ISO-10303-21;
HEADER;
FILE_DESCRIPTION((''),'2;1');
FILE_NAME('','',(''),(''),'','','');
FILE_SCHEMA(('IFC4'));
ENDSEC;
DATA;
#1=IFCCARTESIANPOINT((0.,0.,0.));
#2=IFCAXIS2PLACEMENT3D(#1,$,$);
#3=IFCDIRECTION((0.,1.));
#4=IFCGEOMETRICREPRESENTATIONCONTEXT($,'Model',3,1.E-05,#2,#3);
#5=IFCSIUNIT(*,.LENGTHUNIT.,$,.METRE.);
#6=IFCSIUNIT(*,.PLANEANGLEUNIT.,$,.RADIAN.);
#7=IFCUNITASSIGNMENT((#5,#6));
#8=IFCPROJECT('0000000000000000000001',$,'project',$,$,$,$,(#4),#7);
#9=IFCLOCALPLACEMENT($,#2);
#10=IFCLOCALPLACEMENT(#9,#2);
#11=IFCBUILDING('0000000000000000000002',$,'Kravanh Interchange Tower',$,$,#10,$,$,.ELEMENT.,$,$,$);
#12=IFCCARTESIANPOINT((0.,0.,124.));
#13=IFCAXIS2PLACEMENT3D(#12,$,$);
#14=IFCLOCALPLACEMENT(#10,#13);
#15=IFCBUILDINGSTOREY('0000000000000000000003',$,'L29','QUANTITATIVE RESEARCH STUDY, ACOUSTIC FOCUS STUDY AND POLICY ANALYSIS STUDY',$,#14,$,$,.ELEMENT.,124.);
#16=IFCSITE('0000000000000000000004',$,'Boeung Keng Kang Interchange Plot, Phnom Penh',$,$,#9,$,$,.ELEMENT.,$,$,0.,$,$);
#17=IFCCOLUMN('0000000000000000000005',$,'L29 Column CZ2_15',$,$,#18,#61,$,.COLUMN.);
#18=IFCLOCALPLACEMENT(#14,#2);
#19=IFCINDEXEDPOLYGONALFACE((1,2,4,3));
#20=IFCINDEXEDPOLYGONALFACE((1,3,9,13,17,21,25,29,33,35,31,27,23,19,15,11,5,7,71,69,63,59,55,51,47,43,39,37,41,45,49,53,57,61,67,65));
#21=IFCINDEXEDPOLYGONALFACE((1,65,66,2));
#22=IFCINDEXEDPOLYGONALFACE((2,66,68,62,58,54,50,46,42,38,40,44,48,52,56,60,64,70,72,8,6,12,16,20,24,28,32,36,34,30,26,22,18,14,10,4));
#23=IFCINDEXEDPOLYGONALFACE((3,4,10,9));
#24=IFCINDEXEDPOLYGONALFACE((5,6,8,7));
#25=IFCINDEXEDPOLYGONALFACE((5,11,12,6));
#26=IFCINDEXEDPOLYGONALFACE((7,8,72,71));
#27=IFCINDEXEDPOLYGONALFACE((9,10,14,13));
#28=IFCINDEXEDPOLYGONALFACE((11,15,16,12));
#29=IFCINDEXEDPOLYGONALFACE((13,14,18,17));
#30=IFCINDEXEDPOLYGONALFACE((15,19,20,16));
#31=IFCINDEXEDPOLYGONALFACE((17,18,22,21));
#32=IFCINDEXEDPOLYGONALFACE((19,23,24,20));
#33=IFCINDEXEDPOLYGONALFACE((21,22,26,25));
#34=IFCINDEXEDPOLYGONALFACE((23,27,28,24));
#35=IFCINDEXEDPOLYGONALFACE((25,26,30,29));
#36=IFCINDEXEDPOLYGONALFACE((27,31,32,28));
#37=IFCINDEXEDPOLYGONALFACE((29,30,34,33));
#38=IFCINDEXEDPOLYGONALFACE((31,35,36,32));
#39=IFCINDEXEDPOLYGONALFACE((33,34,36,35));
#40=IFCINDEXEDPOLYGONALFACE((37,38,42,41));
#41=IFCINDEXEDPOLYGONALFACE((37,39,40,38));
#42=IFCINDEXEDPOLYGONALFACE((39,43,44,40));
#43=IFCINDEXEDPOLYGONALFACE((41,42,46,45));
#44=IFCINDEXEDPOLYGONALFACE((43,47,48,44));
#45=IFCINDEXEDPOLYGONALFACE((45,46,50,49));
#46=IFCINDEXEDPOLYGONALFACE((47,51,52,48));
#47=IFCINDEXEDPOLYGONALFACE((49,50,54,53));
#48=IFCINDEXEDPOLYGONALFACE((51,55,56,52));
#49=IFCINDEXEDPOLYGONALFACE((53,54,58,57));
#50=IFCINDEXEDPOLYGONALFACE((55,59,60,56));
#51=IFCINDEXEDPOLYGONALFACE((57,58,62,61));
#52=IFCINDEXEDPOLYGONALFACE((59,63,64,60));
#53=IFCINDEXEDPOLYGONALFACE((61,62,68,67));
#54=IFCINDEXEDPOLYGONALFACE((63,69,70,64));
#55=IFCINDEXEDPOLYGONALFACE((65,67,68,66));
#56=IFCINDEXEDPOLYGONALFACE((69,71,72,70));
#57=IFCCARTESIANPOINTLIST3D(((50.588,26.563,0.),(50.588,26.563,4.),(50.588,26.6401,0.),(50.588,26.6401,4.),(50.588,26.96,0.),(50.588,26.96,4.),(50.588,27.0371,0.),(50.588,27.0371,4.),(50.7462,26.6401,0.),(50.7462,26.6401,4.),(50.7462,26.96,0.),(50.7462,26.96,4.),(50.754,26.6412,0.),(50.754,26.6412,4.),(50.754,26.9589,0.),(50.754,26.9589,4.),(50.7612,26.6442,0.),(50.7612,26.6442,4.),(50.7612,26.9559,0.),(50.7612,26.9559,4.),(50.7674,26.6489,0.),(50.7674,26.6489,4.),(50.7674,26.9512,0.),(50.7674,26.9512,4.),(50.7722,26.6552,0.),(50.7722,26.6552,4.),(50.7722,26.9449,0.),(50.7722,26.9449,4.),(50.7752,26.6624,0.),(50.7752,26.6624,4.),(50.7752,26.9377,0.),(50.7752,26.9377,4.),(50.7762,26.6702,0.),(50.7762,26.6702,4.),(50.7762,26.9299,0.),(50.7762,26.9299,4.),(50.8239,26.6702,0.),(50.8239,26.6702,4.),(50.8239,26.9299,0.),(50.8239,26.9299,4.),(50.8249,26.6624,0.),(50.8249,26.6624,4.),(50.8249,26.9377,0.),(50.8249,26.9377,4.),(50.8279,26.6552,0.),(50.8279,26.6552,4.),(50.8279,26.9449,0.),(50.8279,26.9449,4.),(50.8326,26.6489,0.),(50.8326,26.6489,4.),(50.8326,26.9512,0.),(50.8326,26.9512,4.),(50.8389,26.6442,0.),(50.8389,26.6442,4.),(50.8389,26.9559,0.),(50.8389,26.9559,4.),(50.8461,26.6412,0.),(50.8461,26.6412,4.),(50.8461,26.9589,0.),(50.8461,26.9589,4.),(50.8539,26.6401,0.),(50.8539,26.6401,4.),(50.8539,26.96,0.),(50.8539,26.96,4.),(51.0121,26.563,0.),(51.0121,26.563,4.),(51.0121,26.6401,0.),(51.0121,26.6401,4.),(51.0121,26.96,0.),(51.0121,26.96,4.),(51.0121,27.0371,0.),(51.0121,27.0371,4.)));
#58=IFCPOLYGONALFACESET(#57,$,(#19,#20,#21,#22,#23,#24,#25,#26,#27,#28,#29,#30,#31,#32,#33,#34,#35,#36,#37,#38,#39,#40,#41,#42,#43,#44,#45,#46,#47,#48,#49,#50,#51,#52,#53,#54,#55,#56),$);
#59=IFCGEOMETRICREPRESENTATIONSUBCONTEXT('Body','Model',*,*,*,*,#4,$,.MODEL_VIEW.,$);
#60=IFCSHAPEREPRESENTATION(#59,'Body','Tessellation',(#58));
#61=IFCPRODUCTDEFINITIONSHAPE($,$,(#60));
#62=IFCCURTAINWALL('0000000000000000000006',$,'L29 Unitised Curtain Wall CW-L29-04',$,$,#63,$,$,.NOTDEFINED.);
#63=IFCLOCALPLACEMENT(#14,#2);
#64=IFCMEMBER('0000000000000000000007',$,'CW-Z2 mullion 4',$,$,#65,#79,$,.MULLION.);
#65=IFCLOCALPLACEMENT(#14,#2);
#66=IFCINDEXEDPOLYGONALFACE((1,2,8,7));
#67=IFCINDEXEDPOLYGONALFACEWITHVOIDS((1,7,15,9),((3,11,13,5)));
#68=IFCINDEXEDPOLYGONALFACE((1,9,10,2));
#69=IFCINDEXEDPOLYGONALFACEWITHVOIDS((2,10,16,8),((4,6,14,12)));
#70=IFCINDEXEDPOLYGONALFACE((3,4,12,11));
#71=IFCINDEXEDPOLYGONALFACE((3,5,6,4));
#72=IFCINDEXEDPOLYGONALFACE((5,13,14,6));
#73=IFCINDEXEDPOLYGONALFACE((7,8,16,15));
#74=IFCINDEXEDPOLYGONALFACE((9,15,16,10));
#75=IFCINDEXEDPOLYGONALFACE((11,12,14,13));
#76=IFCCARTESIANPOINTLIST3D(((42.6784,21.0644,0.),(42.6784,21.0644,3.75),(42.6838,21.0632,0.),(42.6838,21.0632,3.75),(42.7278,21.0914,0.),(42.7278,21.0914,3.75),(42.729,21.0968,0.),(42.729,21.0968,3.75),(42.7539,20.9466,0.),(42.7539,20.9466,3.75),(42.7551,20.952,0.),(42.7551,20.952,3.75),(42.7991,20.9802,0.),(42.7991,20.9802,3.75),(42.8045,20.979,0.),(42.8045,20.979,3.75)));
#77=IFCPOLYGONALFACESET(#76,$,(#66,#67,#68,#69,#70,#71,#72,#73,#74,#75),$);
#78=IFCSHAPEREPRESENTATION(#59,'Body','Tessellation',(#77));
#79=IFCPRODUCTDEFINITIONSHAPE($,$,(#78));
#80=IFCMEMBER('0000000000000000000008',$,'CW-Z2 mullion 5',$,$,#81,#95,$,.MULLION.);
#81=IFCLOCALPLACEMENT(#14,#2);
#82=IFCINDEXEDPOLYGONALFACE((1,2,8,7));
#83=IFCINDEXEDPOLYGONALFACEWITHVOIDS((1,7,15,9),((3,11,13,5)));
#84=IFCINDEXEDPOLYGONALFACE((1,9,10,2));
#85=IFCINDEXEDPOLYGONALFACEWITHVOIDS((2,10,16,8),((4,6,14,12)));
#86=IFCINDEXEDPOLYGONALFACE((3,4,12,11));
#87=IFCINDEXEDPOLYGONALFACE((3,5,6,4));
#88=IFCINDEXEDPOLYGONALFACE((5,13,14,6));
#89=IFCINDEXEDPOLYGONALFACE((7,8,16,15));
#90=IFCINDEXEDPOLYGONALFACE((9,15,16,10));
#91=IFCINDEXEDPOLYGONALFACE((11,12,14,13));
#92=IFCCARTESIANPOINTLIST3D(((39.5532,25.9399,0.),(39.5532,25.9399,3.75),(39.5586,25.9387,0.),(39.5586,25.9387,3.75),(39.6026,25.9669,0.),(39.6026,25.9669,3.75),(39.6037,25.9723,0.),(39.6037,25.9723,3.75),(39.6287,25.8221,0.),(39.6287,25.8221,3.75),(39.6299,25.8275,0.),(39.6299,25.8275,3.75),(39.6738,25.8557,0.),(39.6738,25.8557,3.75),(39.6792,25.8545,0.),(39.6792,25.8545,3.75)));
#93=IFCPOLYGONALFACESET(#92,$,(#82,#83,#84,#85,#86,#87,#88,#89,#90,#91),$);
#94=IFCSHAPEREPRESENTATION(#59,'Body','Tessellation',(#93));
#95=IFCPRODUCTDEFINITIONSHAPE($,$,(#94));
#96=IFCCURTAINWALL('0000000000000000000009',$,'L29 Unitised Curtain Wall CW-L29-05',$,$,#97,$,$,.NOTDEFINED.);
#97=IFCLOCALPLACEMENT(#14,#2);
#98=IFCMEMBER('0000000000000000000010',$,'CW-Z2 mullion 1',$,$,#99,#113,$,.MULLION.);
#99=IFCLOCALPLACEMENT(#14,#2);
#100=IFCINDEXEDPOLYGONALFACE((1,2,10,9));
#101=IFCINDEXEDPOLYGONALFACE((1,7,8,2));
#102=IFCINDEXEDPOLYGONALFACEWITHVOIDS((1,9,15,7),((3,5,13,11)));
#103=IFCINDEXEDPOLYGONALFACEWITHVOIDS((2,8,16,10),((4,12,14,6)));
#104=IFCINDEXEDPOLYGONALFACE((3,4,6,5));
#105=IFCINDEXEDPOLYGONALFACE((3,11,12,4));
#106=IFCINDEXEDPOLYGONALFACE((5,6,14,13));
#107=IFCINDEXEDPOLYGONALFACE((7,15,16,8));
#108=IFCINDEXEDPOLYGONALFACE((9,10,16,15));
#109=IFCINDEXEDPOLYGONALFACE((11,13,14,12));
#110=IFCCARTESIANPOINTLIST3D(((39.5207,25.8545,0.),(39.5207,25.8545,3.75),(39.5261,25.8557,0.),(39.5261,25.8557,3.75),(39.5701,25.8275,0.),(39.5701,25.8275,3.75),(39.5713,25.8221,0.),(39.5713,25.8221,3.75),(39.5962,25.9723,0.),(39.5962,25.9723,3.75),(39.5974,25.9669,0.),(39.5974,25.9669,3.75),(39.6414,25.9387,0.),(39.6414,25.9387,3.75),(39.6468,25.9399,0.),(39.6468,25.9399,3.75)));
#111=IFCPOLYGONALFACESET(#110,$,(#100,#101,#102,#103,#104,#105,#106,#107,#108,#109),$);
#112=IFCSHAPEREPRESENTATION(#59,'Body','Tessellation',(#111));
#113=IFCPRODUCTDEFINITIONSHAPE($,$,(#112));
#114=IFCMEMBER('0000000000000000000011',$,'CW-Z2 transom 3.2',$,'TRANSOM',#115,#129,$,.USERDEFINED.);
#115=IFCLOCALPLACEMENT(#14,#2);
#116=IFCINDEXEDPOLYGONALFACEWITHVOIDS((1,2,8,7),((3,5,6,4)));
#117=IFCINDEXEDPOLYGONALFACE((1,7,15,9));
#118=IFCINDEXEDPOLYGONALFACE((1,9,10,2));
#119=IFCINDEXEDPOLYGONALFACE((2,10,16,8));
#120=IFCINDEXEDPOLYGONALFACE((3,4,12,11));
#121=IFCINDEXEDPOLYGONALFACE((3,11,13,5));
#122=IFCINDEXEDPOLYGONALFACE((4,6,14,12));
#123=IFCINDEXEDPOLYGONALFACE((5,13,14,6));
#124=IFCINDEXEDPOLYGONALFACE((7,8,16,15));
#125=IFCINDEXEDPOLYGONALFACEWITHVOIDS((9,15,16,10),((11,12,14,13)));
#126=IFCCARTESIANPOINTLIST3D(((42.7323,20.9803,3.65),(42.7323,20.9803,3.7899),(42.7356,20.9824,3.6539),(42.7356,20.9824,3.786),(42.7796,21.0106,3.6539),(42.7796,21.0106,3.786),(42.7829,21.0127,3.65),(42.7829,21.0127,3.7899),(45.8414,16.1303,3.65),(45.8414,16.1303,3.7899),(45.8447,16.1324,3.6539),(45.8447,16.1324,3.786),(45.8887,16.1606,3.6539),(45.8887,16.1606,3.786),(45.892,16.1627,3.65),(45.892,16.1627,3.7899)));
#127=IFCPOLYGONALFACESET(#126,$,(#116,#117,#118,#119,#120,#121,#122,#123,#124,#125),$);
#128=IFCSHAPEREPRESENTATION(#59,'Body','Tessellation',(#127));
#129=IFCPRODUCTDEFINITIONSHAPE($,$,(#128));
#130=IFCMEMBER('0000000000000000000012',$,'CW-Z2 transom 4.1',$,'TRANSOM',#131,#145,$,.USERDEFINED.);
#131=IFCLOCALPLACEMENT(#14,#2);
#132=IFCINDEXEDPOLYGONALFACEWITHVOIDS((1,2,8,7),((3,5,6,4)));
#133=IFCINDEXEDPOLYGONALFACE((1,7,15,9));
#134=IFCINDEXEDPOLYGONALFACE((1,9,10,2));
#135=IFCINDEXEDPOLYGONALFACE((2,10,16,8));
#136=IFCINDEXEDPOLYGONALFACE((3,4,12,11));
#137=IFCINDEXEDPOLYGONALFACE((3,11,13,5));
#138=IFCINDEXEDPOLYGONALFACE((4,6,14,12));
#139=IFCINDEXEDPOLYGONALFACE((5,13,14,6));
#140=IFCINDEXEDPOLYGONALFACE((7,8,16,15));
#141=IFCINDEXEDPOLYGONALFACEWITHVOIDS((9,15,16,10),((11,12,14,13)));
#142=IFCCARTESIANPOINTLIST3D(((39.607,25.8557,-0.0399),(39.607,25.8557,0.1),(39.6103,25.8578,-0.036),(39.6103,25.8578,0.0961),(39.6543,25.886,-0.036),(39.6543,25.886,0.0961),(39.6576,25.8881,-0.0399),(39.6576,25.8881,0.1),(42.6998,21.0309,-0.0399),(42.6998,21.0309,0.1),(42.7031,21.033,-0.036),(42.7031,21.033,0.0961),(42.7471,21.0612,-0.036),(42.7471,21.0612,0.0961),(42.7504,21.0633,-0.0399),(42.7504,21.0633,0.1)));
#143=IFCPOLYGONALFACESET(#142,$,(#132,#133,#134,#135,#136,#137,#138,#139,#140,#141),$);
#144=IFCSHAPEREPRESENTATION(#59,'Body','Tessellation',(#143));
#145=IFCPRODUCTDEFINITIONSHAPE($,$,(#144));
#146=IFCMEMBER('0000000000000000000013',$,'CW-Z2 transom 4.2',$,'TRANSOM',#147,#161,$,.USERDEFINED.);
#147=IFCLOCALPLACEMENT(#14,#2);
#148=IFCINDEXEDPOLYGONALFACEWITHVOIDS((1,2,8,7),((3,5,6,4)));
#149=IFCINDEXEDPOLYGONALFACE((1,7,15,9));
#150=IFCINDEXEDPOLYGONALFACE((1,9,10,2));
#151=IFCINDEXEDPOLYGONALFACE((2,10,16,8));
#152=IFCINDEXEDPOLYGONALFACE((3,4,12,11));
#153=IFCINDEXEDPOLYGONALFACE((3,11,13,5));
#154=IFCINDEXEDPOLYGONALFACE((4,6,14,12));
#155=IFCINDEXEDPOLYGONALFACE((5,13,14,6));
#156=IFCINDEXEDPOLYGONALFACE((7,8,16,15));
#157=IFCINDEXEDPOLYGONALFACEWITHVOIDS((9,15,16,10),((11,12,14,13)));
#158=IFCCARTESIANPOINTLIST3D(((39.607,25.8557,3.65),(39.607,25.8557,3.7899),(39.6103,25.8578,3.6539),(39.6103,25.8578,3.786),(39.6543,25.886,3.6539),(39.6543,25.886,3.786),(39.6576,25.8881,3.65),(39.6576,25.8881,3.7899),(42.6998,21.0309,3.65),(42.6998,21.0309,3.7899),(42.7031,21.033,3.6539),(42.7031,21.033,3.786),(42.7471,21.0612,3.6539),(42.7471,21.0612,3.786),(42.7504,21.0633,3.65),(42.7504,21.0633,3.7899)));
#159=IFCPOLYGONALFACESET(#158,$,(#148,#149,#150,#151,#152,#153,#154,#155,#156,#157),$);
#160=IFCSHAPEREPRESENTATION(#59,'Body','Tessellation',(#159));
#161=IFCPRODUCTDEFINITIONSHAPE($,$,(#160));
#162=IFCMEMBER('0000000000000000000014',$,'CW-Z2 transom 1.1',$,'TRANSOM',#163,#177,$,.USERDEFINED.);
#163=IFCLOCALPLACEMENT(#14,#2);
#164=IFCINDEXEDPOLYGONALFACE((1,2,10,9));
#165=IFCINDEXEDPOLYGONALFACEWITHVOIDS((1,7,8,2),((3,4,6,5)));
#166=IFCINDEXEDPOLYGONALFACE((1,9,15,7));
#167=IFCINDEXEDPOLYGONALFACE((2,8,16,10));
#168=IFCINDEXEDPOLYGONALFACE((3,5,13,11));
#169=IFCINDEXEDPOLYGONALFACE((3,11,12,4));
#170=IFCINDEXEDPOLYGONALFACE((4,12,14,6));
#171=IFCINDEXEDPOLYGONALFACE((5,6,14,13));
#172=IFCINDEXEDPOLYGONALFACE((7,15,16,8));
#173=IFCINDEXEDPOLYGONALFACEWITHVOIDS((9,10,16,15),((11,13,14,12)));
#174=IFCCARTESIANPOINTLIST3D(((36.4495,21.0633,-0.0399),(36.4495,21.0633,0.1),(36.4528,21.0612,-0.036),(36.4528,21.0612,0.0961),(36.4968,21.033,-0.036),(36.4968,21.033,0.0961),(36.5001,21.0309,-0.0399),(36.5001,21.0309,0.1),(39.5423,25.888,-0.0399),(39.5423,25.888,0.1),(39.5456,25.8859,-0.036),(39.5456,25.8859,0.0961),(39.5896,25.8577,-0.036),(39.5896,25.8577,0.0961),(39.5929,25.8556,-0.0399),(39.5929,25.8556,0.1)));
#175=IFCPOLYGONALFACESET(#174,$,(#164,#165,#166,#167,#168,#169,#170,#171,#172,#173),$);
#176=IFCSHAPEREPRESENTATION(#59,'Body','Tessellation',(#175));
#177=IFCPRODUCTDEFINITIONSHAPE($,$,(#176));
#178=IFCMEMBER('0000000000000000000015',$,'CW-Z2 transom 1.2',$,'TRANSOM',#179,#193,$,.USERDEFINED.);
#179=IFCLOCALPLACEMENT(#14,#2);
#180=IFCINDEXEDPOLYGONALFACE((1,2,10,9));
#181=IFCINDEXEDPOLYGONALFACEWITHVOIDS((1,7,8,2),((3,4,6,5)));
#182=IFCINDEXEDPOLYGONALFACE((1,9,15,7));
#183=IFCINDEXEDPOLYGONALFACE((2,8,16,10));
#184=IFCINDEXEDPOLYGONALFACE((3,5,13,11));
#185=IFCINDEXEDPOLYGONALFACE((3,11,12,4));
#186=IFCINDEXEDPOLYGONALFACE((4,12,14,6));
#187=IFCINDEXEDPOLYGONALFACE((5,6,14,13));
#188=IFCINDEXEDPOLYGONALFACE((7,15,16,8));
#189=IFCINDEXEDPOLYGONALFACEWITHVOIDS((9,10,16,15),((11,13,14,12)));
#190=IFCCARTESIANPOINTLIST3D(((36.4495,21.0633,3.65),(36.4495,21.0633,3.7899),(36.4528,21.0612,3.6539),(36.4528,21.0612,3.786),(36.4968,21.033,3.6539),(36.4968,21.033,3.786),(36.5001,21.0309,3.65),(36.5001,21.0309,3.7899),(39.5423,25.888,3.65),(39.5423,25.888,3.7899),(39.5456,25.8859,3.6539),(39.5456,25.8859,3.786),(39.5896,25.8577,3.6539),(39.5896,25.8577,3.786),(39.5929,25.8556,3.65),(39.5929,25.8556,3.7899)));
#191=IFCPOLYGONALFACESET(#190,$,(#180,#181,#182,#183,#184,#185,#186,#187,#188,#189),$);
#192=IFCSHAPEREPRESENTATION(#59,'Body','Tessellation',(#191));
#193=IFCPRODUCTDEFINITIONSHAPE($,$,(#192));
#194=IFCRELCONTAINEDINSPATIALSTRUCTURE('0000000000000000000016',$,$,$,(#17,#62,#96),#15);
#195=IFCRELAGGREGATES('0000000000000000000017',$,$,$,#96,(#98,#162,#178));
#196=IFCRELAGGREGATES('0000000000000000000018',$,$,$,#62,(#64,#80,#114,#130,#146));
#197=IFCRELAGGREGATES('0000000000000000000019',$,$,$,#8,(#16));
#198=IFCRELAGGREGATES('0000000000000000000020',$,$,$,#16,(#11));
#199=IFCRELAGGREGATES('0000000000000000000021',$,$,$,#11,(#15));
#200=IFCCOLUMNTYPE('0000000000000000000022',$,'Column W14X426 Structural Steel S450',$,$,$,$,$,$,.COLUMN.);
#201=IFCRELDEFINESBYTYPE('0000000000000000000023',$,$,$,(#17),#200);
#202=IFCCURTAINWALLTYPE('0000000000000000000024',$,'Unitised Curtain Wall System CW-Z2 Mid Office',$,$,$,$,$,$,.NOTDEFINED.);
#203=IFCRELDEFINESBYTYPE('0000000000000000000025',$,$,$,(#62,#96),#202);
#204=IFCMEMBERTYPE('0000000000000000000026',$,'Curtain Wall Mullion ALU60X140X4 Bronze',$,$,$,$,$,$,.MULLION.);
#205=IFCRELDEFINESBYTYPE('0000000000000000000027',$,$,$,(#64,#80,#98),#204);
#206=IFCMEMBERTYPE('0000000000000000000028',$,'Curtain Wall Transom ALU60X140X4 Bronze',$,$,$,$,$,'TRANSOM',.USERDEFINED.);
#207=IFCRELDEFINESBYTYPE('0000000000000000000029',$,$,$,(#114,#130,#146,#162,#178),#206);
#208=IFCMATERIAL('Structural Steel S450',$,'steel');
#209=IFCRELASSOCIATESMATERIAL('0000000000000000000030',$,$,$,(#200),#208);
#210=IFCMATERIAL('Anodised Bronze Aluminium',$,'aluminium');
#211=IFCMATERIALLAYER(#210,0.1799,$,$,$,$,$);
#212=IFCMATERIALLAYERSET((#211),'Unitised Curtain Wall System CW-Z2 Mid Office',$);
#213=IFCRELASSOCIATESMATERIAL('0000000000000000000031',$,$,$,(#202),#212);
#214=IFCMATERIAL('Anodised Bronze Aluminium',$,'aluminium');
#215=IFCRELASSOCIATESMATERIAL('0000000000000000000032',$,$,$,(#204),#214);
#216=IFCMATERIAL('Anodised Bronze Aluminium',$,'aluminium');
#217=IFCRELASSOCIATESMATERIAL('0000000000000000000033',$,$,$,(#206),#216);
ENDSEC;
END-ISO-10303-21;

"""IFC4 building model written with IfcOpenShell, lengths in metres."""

from ifc_helpers import new_model, si_unit, direction, frame, origin, origin_2d, place, context, subcontext, project, spatial, hollow_rectangle, i_section, extrude, material, layer, layer_set, material_profile, profile_set, type_object, element, aggregate, save


model = new_model("IFC4")

# Units and contexts
model_context = context("Model", 3, precision=1e-05, world=origin(), true_north=direction((0.0, 1.0)))
body_context = subcontext(model_context, "Body", "Model", "MODEL_VIEW")
ifc_project = project(units=[si_unit("LENGTHUNIT", "METRE"), si_unit("PLANEANGLEUNIT", "RADIAN")], contexts=[model_context])

# Site, building, storey
site_placement = place(None, origin())
site = spatial("IfcSite", under=ifc_project, at=site_placement, Name="Boeung Keng Kang Interchange Plot, Phnom Penh", CompositionType="ELEMENT", RefElevation=0.0)
building_placement = place(site_placement, origin())
building = spatial("IfcBuilding", under=site, at=building_placement, Name="Kravanh Interchange Tower", CompositionType="ELEMENT")
storey_placement = place(building_placement, frame((0.0, 0.0, 124.0)))
storey = spatial("IfcBuildingStorey", under=building, at=storey_placement, Name="L29", Description="QUANTITATIVE RESEARCH STUDY, ACOUSTIC FOCUS STUDY AND POLICY ANALYSIS STUDY", CompositionType="ELEMENT", Elevation=124.0)

# Column
ifc_material_1 = material(Name="Structural Steel S450", Category="steel")
ifc_material_profile_1 = material_profile(ifc_material_1, i_section(OverallWidth=0.4241, OverallDepth=0.4741, WebThickness=0.0476, FlangeThickness=0.0771, FilletRadius=0.03, at=origin_2d()), Name="W14X426")
ifc_profile_set_1 = profile_set([ifc_material_profile_1], Name="Structural Steel S450")
column_type = type_object("IfcColumnType", Name="Column W14X426 Structural Steel S450", PredefinedType="COLUMN", material=ifc_profile_set_1)
column_placement = place(storey_placement, frame((50.8, 26.8, 0.0), z_axis=(0.0, 0.0, 1.0), x_axis=(1.0, 0.0, 0.0)))
element("IfcColumn", 1, at=column_placement, inside=storey, type_object=column_type, Name="L29 Column CZ2_15", PredefinedType="COLUMN", context=body_context, shape_type="SweptSolid", body=[
    extrude(i_section(OverallWidth=0.4241, OverallDepth=0.4741, WebThickness=0.0476, FlangeThickness=0.0771, FilletRadius=0.03, at=origin_2d()), origin(), (0.0, 0.0, 1.0), 4.0),
])

# Curtain wall, members
ifc_material_2 = material(Name="Anodised Bronze Aluminium", Category="aluminium")
ifc_layer_1 = layer(ifc_material_2, 0.1799)
ifc_layer_set_1 = layer_set([ifc_layer_1], Name="Unitised Curtain Wall System CW-Z2 Mid Office")
curtain_wall_type = type_object("IfcCurtainWallType", Name="Unitised Curtain Wall System CW-Z2 Mid Office", PredefinedType="NOTDEFINED", material=ifc_layer_set_1)
curtain_wall_1_placement = place(storey_placement, origin())
curtain_wall_1 = element("IfcCurtainWall", 2, at=curtain_wall_1_placement, inside=storey, type_object=curtain_wall_type, Name="L29 Unitised Curtain Wall CW-L29-04", PredefinedType="NOTDEFINED")
ifc_material_3 = material(Name="Anodised Bronze Aluminium", Category="aluminium")
ifc_material_profile_2 = material_profile(ifc_material_3, hollow_rectangle(XDim=0.0601, YDim=0.1399, WallThickness=0.0039, at=origin_2d()), Name="ALU60X140X4")
ifc_profile_set_2 = profile_set([ifc_material_profile_2], Name="Anodised Bronze Aluminium")
member_type_1 = type_object("IfcMemberType", Name="Curtain Wall Mullion ALU60X140X4 Bronze", PredefinedType="MULLION", material=ifc_profile_set_2)
member_1_placement = place(storey_placement, frame((42.7415, 21.0217, 0.0), z_axis=(0.0, 0.0, 1.0), x_axis=(-0.84188, -0.539665, 0.0)))
member_1 = element("IfcMember", 3, at=member_1_placement, type_object=member_type_1, Name="CW-Z2 mullion 4", PredefinedType="MULLION", context=body_context, shape_type="SweptSolid", body=[
    extrude(hollow_rectangle(XDim=0.0601, YDim=0.1399, WallThickness=0.0039, at=origin_2d()), origin(), (0.0, 0.0, 1.0), 3.75),
])
member_2_placement = place(storey_placement, frame((39.6162, 25.8972, 0.0), z_axis=(0.0, 0.0, 1.0), x_axis=(-0.84188, -0.539665, 0.0)))
member_2 = element("IfcMember", 4, at=member_2_placement, type_object=member_type_1, Name="CW-Z2 mullion 5", PredefinedType="MULLION", context=body_context, shape_type="SweptSolid", body=[
    extrude(hollow_rectangle(XDim=0.0601, YDim=0.1399, WallThickness=0.0039, at=origin_2d()), origin(), (0.0, 0.0, 1.0), 3.75),
])

# Curtain wall, member
curtain_wall_2_placement = place(storey_placement, origin())
curtain_wall_2 = element("IfcCurtainWall", 5, at=curtain_wall_2_placement, inside=storey, type_object=curtain_wall_type, Name="L29 Unitised Curtain Wall CW-L29-05", PredefinedType="NOTDEFINED")
member_3_placement = place(storey_placement, frame((39.5837, 25.8972, 0.0), z_axis=(0.0, 0.0, 1.0), x_axis=(0.84188, -0.539665, 0.0)))
member_3 = element("IfcMember", 6, at=member_3_placement, type_object=member_type_1, Name="CW-Z2 mullion 1", PredefinedType="MULLION", context=body_context, shape_type="SweptSolid", body=[
    extrude(hollow_rectangle(XDim=0.0601, YDim=0.1399, WallThickness=0.0039, at=origin_2d()), origin(), (0.0, 0.0, 1.0), 3.75),
])

# Members
ifc_material_4 = material(Name="Anodised Bronze Aluminium", Category="aluminium")
ifc_material_profile_3 = material_profile(ifc_material_4, hollow_rectangle(XDim=0.0601, YDim=0.1399, WallThickness=0.0039, at=origin_2d()), Name="ALU60X140X4")
ifc_profile_set_3 = profile_set([ifc_material_profile_3], Name="Anodised Bronze Aluminium")
member_type_2 = type_object("IfcMemberType", Name="Curtain Wall Transom ALU60X140X4 Bronze", ElementType="TRANSOM", PredefinedType="USERDEFINED", material=ifc_profile_set_3)
member_4_placement = place(storey_placement, frame((45.8667, 16.1465, 3.72), z_axis=(-0.539678, 0.841872, 0.0), x_axis=(-0.841872, -0.539678, 0.0)))
member_4 = element("IfcMember", 7, at=member_4_placement, type_object=member_type_2, Name="CW-Z2 transom 3.2", ObjectType="TRANSOM", PredefinedType="USERDEFINED", context=body_context, shape_type="SweptSolid", body=[
    extrude(hollow_rectangle(XDim=0.0601, YDim=0.1399, WallThickness=0.0039, at=origin_2d()), origin(), (0.0, 0.0, 1.0), 5.761),
])
member_5_placement = place(storey_placement, frame((42.7251, 21.0471, 0.03), z_axis=(-0.539668, 0.841878, 0.0), x_axis=(-0.841878, -0.539668, 0.0)))
member_5 = element("IfcMember", 8, at=member_5_placement, type_object=member_type_2, Name="CW-Z2 transom 4.1", ObjectType="TRANSOM", PredefinedType="USERDEFINED", context=body_context, shape_type="SweptSolid", body=[
    extrude(hollow_rectangle(XDim=0.0601, YDim=0.1399, WallThickness=0.0039, at=origin_2d()), origin(), (0.0, 0.0, 1.0), 5.731),
])
member_6_placement = place(storey_placement, frame((42.7251, 21.0471, 3.72), z_axis=(-0.539668, 0.841878, 0.0), x_axis=(-0.841878, -0.539668, 0.0)))
member_6 = element("IfcMember", 9, at=member_6_placement, type_object=member_type_2, Name="CW-Z2 transom 4.2", ObjectType="TRANSOM", PredefinedType="USERDEFINED", context=body_context, shape_type="SweptSolid", body=[
    extrude(hollow_rectangle(XDim=0.0601, YDim=0.1399, WallThickness=0.0039, at=origin_2d()), origin(), (0.0, 0.0, 1.0), 5.731),
])
member_7_placement = place(storey_placement, frame((39.5676, 25.8718, 0.03), z_axis=(-0.539668, -0.841878, 0.0), x_axis=(0.841878, -0.539668, 0.0)))
member_7 = element("IfcMember", 10, at=member_7_placement, type_object=member_type_2, Name="CW-Z2 transom 1.1", ObjectType="TRANSOM", PredefinedType="USERDEFINED", context=body_context, shape_type="SweptSolid", body=[
    extrude(hollow_rectangle(XDim=0.0601, YDim=0.1399, WallThickness=0.0039, at=origin_2d()), origin(), (0.0, 0.0, 1.0), 5.731),
])
member_8_placement = place(storey_placement, frame((39.5676, 25.8718, 3.72), z_axis=(-0.539668, -0.841878, 0.0), x_axis=(0.841878, -0.539668, 0.0)))
member_8 = element("IfcMember", 11, at=member_8_placement, type_object=member_type_2, Name="CW-Z2 transom 1.2", ObjectType="TRANSOM", PredefinedType="USERDEFINED", context=body_context, shape_type="SweptSolid", body=[
    extrude(hollow_rectangle(XDim=0.0601, YDim=0.1399, WallThickness=0.0039, at=origin_2d()), origin(), (0.0, 0.0, 1.0), 5.731),
])
aggregate(curtain_wall_2, [member_3, member_7, member_8])

aggregate(curtain_wall_1, [member_1, member_2, member_4, member_5, member_6])

save(model, "model.ifc")
